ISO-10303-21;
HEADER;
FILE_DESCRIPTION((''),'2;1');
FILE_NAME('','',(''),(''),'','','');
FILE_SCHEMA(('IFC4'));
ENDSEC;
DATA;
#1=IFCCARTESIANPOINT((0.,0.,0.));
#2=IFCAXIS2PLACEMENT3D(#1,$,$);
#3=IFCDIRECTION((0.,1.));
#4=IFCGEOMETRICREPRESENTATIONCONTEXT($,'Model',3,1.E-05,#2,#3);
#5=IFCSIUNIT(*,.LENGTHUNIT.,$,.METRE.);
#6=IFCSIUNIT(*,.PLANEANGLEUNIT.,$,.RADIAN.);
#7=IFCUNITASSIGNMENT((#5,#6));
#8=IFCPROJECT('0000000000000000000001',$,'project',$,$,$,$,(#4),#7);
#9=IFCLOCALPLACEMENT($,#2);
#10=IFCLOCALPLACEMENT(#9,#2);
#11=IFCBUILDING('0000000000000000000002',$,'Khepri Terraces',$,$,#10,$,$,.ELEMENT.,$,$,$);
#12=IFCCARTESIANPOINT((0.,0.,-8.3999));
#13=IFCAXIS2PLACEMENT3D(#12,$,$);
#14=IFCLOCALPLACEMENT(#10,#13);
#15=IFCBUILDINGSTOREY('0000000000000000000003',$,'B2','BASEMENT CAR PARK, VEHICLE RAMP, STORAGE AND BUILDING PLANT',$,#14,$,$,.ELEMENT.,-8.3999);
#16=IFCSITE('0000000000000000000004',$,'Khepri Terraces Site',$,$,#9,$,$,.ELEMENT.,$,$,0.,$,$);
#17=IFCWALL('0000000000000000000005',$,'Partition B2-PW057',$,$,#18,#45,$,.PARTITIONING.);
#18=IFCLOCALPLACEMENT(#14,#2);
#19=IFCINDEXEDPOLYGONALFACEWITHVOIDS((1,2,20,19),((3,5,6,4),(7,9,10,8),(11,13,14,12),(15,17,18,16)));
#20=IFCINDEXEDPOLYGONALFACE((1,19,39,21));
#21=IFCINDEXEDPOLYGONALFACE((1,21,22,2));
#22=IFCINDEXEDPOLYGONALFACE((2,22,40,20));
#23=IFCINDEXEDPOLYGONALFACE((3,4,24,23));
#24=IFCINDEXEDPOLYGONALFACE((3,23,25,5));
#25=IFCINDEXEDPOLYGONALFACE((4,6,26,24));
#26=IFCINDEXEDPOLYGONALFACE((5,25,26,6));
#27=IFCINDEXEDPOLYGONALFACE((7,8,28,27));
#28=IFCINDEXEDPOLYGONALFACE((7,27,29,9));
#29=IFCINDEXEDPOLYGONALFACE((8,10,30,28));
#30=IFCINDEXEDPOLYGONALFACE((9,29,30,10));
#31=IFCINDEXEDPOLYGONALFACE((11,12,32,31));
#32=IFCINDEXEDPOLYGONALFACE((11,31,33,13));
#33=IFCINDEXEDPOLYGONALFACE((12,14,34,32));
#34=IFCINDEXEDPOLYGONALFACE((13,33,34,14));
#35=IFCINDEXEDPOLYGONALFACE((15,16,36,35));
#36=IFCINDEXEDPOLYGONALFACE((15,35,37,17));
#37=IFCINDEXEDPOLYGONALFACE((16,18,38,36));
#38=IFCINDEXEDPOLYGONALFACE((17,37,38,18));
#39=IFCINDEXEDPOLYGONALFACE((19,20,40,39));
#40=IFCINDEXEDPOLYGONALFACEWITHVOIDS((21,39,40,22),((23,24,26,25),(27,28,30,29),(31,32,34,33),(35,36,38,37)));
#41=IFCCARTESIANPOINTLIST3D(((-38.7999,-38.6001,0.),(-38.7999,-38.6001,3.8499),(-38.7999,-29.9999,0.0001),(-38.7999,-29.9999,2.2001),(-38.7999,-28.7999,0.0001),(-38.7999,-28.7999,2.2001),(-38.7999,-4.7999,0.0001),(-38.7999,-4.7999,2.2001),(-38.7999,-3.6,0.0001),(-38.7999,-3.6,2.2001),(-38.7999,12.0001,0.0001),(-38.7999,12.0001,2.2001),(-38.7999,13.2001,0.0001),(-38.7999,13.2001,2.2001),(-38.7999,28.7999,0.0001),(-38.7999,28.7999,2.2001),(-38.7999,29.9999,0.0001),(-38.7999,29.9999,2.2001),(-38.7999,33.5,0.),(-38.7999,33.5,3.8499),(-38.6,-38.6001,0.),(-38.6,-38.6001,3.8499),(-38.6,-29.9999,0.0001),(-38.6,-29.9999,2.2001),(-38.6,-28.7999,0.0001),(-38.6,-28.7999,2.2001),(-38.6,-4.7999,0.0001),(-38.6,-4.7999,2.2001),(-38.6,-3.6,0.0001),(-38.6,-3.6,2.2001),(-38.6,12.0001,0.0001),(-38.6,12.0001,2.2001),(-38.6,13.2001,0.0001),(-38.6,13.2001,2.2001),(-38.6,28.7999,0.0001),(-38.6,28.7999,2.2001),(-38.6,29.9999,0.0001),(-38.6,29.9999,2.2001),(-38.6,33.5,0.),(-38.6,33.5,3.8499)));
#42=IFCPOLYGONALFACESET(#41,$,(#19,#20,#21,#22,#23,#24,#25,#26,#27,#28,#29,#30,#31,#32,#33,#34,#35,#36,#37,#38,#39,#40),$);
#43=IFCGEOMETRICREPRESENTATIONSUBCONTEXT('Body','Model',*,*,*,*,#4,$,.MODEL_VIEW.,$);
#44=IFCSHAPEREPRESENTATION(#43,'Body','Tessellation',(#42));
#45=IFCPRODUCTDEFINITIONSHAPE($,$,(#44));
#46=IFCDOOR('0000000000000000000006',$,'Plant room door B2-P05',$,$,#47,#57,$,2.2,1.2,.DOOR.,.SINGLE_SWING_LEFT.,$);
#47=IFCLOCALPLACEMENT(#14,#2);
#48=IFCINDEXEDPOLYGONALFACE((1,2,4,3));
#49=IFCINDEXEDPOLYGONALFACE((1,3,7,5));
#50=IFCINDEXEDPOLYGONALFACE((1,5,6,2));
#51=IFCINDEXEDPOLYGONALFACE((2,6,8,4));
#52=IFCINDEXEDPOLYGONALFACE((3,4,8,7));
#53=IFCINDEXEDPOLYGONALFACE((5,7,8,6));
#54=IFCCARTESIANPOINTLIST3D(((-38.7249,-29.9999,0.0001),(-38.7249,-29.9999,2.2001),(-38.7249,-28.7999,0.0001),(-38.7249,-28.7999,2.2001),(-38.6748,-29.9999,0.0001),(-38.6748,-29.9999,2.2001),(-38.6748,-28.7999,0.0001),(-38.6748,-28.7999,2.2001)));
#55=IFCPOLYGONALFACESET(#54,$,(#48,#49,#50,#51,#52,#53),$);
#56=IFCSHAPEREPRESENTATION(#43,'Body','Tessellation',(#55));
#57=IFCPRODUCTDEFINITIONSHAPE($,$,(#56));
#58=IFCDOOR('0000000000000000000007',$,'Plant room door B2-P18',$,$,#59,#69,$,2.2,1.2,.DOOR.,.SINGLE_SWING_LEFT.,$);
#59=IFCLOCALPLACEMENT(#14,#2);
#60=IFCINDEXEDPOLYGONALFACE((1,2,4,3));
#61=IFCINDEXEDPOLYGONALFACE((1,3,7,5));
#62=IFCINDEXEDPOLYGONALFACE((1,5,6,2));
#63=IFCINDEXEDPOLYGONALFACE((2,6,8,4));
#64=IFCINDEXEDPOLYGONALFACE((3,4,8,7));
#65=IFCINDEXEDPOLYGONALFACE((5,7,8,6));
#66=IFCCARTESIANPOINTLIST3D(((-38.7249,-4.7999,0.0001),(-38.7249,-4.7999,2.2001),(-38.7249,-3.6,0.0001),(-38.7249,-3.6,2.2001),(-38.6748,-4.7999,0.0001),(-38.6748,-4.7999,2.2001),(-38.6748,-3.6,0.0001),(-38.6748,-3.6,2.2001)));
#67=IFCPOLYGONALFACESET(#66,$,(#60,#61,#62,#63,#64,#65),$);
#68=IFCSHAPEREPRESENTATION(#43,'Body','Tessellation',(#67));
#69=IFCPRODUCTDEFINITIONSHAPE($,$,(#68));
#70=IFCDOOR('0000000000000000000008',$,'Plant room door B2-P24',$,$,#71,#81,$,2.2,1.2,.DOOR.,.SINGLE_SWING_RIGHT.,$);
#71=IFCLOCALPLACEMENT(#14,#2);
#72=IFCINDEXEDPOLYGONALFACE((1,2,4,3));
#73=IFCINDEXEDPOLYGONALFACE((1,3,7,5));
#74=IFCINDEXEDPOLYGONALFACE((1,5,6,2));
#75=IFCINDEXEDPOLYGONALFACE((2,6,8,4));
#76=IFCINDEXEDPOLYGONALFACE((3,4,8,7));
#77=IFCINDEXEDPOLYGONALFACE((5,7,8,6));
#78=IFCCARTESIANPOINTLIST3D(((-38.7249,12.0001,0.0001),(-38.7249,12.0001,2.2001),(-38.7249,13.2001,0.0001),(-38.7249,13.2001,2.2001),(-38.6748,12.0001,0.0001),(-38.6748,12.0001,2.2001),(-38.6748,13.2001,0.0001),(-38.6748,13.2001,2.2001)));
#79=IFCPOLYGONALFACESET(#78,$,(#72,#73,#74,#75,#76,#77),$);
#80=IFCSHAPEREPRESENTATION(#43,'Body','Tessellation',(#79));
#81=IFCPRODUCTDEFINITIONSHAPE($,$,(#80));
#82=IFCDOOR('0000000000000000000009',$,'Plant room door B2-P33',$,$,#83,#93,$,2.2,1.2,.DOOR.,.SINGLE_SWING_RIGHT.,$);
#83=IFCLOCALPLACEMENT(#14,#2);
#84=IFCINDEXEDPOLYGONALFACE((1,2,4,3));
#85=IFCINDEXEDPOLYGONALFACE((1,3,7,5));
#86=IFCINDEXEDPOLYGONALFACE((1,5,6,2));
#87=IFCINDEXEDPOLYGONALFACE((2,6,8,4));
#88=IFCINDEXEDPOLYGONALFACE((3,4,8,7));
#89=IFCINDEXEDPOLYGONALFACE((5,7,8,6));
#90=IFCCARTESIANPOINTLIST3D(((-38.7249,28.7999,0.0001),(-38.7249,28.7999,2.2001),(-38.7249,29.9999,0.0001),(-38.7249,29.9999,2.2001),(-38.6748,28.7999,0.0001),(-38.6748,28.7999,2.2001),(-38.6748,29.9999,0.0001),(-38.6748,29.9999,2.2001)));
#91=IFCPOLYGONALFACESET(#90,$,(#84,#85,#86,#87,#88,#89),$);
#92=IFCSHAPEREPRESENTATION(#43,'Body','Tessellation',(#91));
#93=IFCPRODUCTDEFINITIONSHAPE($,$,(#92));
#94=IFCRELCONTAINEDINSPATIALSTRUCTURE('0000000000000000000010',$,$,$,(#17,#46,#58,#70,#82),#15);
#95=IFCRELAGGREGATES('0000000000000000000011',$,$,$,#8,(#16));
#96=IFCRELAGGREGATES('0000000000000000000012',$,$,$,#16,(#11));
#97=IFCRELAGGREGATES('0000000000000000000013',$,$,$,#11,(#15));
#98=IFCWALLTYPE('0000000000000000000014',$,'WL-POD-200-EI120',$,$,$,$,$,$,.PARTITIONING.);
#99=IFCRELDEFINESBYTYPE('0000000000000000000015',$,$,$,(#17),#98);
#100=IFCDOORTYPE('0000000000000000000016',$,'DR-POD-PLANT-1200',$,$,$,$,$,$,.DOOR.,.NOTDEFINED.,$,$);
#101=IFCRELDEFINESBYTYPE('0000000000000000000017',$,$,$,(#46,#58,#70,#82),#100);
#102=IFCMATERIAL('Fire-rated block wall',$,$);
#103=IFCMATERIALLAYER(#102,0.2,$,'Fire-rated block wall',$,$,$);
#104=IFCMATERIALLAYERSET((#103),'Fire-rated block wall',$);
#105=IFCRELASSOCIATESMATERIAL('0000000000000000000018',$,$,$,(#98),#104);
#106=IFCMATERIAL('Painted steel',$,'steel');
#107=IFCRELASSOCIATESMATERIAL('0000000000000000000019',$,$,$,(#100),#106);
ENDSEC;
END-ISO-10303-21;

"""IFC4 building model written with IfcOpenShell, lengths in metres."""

from ifc_helpers import new_model, si_unit, direction, frame, frame_2d, origin, place, context, subcontext, project, spatial, rectangle, extrude, material, layer, layer_set, type_object, element, fill, save


model = new_model("IFC4")

# Units and contexts
model_context = context("Model", 3, precision=1e-05, world=origin(), true_north=direction((0.0, 1.0)))
body_context = subcontext(model_context, "Body", "Model", "MODEL_VIEW")
ifc_project = project(units=[si_unit("LENGTHUNIT", "METRE"), si_unit("PLANEANGLEUNIT", "RADIAN")], contexts=[model_context])

# Site, building, storey
site_placement = place(None, origin())
site = spatial("IfcSite", under=ifc_project, at=site_placement, Name="Khepri Terraces Site", CompositionType="ELEMENT", RefElevation=0.0)
building_placement = place(site_placement, origin())
building = spatial("IfcBuilding", under=site, at=building_placement, Name="Khepri Terraces", CompositionType="ELEMENT")
storey_placement = place(building_placement, frame((0.0, 0.0, -8.3999)))
storey = spatial("IfcBuildingStorey", under=building, at=storey_placement, Name="B2", Description="BASEMENT CAR PARK, VEHICLE RAMP, STORAGE AND BUILDING PLANT", CompositionType="ELEMENT", Elevation=-8.3999)

# Shared definitions
ifc_material_1 = material(Name="Fire-rated block wall")
ifc_layer_1 = layer(ifc_material_1, 0.2, Name="Fire-rated block wall")
ifc_layer_set_1 = layer_set([ifc_layer_1], Name="Fire-rated block wall")
wall_type_1 = type_object("IfcWallType", Name="WL-POD-200-EI120", PredefinedType="PARTITIONING", material=ifc_layer_set_1)
ifc_material_2 = material(Name="Painted steel", Category="steel")
door_type = type_object("IfcDoorType", Name="DR-POD-PLANT-1200", OperationType="NOTDEFINED", PredefinedType="DOOR", material=ifc_material_2)

# Wall, openings, doors
wall_1_placement = place(storey_placement, frame((-38.7, -38.6001, 0.0), z_axis=(0.0, 0.0, 1.0), x_axis=(0.0, 1.0, 0.0)))
wall_1 = element("IfcWall", 1, at=wall_1_placement, inside=storey, type_object=wall_type_1, Name="Partition B2-PW057", PredefinedType="PARTITIONING", context=body_context, shape_type="SweptSolid", body=[
    extrude(rectangle(XDim=72.1001, YDim=0.2, at=frame_2d((36.05, 0.0))), origin(), (0.0, 0.0, 1.0), 3.8499),
])
opening_1_placement = place(wall_1_placement, frame((8.6001, 0.0, 0.0)))
opening_1 = element("IfcOpeningElement", 2, at=opening_1_placement, cuts=wall_1, PredefinedType="OPENING", context=body_context, shape_type="SweptSolid", body=[
    extrude(rectangle(XDim=1.2, YDim=2.2, at=frame_2d((0.6001, 1.1001))), frame((0.0, 0.1099, 0.0), z_axis=(0.0, -1.0, 0.0), x_axis=(1.0, 0.0, 0.0)), (0.0, 0.0, 1.0), 0.22),
])
opening_2_placement = place(wall_1_placement, frame((33.8, 0.0, 0.0)))
opening_2 = element("IfcOpeningElement", 3, at=opening_2_placement, cuts=wall_1, PredefinedType="OPENING", context=body_context, shape_type="SweptSolid", body=[
    extrude(rectangle(XDim=1.2, YDim=2.2, at=frame_2d((0.6001, 1.1001))), frame((0.0, 0.1099, 0.0), z_axis=(0.0, -1.0, 0.0), x_axis=(1.0, 0.0, 0.0)), (0.0, 0.0, 1.0), 0.22),
])
opening_3_placement = place(wall_1_placement, frame((50.6001, 0.0, 0.0)))
opening_3 = element("IfcOpeningElement", 4, at=opening_3_placement, cuts=wall_1, PredefinedType="OPENING", context=body_context, shape_type="SweptSolid", body=[
    extrude(rectangle(XDim=1.2, YDim=2.2, at=frame_2d((0.6001, 1.1001))), frame((0.0, 0.1099, 0.0), z_axis=(0.0, -1.0, 0.0), x_axis=(1.0, 0.0, 0.0)), (0.0, 0.0, 1.0), 0.22),
])
opening_4_placement = place(wall_1_placement, frame((67.3999, 0.0, 0.0)))
opening_4 = element("IfcOpeningElement", 5, at=opening_4_placement, cuts=wall_1, PredefinedType="OPENING", context=body_context, shape_type="SweptSolid", body=[
    extrude(rectangle(XDim=1.2, YDim=2.2, at=frame_2d((0.6001, 1.1001))), frame((0.0, 0.1099, 0.0), z_axis=(0.0, -1.0, 0.0), x_axis=(1.0, 0.0, 0.0)), (0.0, 0.0, 1.0), 0.22),
])
door_1_placement = place(opening_1_placement, origin())
door_1 = element("IfcDoor", 6, at=door_1_placement, inside=storey, type_object=door_type, Name="Plant room door B2-P05", OperationType="SINGLE_SWING_LEFT", OverallHeight=2.2, OverallWidth=1.2, PredefinedType="DOOR", context=body_context, shape_type="SweptSolid", body=[
    extrude(rectangle(XDim=1.2, YDim=2.2, at=frame_2d((0.6001, 1.1001))), frame((0.0, 0.0249, 0.0), z_axis=(0.0, -1.0, 0.0), x_axis=(1.0, 0.0, 0.0)), (0.0, 0.0, 1.0), 0.05),
])
fill(opening_1, door_1)
door_2_placement = place(opening_2_placement, origin())
door_2 = element("IfcDoor", 7, at=door_2_placement, inside=storey, type_object=door_type, Name="Plant room door B2-P18", OperationType="SINGLE_SWING_LEFT", OverallHeight=2.2, OverallWidth=1.2, PredefinedType="DOOR", context=body_context, shape_type="SweptSolid", body=[
    extrude(rectangle(XDim=1.2, YDim=2.2, at=frame_2d((0.6001, 1.1001))), frame((0.0, 0.0249, 0.0), z_axis=(0.0, -1.0, 0.0), x_axis=(1.0, 0.0, 0.0)), (0.0, 0.0, 1.0), 0.05),
])
fill(opening_2, door_2)
door_3_placement = place(opening_3_placement, origin())
door_3 = element("IfcDoor", 8, at=door_3_placement, inside=storey, type_object=door_type, Name="Plant room door B2-P24", OperationType="SINGLE_SWING_RIGHT", OverallHeight=2.2, OverallWidth=1.2, PredefinedType="DOOR", context=body_context, shape_type="SweptSolid", body=[
    extrude(rectangle(XDim=1.2, YDim=2.2, at=frame_2d((0.6001, 1.1001))), frame((0.0, 0.0249, 0.0), z_axis=(0.0, -1.0, 0.0), x_axis=(1.0, 0.0, 0.0)), (0.0, 0.0, 1.0), 0.05),
])
fill(opening_3, door_3)
door_4_placement = place(opening_4_placement, origin())
door_4 = element("IfcDoor", 9, at=door_4_placement, inside=storey, type_object=door_type, Name="Plant room door B2-P33", OperationType="SINGLE_SWING_RIGHT", OverallHeight=2.2, OverallWidth=1.2, PredefinedType="DOOR", context=body_context, shape_type="SweptSolid", body=[
    extrude(rectangle(XDim=1.2, YDim=2.2, at=frame_2d((0.6001, 1.1001))), frame((0.0, 0.0249, 0.0), z_axis=(0.0, -1.0, 0.0), x_axis=(1.0, 0.0, 0.0)), (0.0, 0.0, 1.0), 0.05),
])
fill(opening_4, door_4)

save(model, "model.ifc")
